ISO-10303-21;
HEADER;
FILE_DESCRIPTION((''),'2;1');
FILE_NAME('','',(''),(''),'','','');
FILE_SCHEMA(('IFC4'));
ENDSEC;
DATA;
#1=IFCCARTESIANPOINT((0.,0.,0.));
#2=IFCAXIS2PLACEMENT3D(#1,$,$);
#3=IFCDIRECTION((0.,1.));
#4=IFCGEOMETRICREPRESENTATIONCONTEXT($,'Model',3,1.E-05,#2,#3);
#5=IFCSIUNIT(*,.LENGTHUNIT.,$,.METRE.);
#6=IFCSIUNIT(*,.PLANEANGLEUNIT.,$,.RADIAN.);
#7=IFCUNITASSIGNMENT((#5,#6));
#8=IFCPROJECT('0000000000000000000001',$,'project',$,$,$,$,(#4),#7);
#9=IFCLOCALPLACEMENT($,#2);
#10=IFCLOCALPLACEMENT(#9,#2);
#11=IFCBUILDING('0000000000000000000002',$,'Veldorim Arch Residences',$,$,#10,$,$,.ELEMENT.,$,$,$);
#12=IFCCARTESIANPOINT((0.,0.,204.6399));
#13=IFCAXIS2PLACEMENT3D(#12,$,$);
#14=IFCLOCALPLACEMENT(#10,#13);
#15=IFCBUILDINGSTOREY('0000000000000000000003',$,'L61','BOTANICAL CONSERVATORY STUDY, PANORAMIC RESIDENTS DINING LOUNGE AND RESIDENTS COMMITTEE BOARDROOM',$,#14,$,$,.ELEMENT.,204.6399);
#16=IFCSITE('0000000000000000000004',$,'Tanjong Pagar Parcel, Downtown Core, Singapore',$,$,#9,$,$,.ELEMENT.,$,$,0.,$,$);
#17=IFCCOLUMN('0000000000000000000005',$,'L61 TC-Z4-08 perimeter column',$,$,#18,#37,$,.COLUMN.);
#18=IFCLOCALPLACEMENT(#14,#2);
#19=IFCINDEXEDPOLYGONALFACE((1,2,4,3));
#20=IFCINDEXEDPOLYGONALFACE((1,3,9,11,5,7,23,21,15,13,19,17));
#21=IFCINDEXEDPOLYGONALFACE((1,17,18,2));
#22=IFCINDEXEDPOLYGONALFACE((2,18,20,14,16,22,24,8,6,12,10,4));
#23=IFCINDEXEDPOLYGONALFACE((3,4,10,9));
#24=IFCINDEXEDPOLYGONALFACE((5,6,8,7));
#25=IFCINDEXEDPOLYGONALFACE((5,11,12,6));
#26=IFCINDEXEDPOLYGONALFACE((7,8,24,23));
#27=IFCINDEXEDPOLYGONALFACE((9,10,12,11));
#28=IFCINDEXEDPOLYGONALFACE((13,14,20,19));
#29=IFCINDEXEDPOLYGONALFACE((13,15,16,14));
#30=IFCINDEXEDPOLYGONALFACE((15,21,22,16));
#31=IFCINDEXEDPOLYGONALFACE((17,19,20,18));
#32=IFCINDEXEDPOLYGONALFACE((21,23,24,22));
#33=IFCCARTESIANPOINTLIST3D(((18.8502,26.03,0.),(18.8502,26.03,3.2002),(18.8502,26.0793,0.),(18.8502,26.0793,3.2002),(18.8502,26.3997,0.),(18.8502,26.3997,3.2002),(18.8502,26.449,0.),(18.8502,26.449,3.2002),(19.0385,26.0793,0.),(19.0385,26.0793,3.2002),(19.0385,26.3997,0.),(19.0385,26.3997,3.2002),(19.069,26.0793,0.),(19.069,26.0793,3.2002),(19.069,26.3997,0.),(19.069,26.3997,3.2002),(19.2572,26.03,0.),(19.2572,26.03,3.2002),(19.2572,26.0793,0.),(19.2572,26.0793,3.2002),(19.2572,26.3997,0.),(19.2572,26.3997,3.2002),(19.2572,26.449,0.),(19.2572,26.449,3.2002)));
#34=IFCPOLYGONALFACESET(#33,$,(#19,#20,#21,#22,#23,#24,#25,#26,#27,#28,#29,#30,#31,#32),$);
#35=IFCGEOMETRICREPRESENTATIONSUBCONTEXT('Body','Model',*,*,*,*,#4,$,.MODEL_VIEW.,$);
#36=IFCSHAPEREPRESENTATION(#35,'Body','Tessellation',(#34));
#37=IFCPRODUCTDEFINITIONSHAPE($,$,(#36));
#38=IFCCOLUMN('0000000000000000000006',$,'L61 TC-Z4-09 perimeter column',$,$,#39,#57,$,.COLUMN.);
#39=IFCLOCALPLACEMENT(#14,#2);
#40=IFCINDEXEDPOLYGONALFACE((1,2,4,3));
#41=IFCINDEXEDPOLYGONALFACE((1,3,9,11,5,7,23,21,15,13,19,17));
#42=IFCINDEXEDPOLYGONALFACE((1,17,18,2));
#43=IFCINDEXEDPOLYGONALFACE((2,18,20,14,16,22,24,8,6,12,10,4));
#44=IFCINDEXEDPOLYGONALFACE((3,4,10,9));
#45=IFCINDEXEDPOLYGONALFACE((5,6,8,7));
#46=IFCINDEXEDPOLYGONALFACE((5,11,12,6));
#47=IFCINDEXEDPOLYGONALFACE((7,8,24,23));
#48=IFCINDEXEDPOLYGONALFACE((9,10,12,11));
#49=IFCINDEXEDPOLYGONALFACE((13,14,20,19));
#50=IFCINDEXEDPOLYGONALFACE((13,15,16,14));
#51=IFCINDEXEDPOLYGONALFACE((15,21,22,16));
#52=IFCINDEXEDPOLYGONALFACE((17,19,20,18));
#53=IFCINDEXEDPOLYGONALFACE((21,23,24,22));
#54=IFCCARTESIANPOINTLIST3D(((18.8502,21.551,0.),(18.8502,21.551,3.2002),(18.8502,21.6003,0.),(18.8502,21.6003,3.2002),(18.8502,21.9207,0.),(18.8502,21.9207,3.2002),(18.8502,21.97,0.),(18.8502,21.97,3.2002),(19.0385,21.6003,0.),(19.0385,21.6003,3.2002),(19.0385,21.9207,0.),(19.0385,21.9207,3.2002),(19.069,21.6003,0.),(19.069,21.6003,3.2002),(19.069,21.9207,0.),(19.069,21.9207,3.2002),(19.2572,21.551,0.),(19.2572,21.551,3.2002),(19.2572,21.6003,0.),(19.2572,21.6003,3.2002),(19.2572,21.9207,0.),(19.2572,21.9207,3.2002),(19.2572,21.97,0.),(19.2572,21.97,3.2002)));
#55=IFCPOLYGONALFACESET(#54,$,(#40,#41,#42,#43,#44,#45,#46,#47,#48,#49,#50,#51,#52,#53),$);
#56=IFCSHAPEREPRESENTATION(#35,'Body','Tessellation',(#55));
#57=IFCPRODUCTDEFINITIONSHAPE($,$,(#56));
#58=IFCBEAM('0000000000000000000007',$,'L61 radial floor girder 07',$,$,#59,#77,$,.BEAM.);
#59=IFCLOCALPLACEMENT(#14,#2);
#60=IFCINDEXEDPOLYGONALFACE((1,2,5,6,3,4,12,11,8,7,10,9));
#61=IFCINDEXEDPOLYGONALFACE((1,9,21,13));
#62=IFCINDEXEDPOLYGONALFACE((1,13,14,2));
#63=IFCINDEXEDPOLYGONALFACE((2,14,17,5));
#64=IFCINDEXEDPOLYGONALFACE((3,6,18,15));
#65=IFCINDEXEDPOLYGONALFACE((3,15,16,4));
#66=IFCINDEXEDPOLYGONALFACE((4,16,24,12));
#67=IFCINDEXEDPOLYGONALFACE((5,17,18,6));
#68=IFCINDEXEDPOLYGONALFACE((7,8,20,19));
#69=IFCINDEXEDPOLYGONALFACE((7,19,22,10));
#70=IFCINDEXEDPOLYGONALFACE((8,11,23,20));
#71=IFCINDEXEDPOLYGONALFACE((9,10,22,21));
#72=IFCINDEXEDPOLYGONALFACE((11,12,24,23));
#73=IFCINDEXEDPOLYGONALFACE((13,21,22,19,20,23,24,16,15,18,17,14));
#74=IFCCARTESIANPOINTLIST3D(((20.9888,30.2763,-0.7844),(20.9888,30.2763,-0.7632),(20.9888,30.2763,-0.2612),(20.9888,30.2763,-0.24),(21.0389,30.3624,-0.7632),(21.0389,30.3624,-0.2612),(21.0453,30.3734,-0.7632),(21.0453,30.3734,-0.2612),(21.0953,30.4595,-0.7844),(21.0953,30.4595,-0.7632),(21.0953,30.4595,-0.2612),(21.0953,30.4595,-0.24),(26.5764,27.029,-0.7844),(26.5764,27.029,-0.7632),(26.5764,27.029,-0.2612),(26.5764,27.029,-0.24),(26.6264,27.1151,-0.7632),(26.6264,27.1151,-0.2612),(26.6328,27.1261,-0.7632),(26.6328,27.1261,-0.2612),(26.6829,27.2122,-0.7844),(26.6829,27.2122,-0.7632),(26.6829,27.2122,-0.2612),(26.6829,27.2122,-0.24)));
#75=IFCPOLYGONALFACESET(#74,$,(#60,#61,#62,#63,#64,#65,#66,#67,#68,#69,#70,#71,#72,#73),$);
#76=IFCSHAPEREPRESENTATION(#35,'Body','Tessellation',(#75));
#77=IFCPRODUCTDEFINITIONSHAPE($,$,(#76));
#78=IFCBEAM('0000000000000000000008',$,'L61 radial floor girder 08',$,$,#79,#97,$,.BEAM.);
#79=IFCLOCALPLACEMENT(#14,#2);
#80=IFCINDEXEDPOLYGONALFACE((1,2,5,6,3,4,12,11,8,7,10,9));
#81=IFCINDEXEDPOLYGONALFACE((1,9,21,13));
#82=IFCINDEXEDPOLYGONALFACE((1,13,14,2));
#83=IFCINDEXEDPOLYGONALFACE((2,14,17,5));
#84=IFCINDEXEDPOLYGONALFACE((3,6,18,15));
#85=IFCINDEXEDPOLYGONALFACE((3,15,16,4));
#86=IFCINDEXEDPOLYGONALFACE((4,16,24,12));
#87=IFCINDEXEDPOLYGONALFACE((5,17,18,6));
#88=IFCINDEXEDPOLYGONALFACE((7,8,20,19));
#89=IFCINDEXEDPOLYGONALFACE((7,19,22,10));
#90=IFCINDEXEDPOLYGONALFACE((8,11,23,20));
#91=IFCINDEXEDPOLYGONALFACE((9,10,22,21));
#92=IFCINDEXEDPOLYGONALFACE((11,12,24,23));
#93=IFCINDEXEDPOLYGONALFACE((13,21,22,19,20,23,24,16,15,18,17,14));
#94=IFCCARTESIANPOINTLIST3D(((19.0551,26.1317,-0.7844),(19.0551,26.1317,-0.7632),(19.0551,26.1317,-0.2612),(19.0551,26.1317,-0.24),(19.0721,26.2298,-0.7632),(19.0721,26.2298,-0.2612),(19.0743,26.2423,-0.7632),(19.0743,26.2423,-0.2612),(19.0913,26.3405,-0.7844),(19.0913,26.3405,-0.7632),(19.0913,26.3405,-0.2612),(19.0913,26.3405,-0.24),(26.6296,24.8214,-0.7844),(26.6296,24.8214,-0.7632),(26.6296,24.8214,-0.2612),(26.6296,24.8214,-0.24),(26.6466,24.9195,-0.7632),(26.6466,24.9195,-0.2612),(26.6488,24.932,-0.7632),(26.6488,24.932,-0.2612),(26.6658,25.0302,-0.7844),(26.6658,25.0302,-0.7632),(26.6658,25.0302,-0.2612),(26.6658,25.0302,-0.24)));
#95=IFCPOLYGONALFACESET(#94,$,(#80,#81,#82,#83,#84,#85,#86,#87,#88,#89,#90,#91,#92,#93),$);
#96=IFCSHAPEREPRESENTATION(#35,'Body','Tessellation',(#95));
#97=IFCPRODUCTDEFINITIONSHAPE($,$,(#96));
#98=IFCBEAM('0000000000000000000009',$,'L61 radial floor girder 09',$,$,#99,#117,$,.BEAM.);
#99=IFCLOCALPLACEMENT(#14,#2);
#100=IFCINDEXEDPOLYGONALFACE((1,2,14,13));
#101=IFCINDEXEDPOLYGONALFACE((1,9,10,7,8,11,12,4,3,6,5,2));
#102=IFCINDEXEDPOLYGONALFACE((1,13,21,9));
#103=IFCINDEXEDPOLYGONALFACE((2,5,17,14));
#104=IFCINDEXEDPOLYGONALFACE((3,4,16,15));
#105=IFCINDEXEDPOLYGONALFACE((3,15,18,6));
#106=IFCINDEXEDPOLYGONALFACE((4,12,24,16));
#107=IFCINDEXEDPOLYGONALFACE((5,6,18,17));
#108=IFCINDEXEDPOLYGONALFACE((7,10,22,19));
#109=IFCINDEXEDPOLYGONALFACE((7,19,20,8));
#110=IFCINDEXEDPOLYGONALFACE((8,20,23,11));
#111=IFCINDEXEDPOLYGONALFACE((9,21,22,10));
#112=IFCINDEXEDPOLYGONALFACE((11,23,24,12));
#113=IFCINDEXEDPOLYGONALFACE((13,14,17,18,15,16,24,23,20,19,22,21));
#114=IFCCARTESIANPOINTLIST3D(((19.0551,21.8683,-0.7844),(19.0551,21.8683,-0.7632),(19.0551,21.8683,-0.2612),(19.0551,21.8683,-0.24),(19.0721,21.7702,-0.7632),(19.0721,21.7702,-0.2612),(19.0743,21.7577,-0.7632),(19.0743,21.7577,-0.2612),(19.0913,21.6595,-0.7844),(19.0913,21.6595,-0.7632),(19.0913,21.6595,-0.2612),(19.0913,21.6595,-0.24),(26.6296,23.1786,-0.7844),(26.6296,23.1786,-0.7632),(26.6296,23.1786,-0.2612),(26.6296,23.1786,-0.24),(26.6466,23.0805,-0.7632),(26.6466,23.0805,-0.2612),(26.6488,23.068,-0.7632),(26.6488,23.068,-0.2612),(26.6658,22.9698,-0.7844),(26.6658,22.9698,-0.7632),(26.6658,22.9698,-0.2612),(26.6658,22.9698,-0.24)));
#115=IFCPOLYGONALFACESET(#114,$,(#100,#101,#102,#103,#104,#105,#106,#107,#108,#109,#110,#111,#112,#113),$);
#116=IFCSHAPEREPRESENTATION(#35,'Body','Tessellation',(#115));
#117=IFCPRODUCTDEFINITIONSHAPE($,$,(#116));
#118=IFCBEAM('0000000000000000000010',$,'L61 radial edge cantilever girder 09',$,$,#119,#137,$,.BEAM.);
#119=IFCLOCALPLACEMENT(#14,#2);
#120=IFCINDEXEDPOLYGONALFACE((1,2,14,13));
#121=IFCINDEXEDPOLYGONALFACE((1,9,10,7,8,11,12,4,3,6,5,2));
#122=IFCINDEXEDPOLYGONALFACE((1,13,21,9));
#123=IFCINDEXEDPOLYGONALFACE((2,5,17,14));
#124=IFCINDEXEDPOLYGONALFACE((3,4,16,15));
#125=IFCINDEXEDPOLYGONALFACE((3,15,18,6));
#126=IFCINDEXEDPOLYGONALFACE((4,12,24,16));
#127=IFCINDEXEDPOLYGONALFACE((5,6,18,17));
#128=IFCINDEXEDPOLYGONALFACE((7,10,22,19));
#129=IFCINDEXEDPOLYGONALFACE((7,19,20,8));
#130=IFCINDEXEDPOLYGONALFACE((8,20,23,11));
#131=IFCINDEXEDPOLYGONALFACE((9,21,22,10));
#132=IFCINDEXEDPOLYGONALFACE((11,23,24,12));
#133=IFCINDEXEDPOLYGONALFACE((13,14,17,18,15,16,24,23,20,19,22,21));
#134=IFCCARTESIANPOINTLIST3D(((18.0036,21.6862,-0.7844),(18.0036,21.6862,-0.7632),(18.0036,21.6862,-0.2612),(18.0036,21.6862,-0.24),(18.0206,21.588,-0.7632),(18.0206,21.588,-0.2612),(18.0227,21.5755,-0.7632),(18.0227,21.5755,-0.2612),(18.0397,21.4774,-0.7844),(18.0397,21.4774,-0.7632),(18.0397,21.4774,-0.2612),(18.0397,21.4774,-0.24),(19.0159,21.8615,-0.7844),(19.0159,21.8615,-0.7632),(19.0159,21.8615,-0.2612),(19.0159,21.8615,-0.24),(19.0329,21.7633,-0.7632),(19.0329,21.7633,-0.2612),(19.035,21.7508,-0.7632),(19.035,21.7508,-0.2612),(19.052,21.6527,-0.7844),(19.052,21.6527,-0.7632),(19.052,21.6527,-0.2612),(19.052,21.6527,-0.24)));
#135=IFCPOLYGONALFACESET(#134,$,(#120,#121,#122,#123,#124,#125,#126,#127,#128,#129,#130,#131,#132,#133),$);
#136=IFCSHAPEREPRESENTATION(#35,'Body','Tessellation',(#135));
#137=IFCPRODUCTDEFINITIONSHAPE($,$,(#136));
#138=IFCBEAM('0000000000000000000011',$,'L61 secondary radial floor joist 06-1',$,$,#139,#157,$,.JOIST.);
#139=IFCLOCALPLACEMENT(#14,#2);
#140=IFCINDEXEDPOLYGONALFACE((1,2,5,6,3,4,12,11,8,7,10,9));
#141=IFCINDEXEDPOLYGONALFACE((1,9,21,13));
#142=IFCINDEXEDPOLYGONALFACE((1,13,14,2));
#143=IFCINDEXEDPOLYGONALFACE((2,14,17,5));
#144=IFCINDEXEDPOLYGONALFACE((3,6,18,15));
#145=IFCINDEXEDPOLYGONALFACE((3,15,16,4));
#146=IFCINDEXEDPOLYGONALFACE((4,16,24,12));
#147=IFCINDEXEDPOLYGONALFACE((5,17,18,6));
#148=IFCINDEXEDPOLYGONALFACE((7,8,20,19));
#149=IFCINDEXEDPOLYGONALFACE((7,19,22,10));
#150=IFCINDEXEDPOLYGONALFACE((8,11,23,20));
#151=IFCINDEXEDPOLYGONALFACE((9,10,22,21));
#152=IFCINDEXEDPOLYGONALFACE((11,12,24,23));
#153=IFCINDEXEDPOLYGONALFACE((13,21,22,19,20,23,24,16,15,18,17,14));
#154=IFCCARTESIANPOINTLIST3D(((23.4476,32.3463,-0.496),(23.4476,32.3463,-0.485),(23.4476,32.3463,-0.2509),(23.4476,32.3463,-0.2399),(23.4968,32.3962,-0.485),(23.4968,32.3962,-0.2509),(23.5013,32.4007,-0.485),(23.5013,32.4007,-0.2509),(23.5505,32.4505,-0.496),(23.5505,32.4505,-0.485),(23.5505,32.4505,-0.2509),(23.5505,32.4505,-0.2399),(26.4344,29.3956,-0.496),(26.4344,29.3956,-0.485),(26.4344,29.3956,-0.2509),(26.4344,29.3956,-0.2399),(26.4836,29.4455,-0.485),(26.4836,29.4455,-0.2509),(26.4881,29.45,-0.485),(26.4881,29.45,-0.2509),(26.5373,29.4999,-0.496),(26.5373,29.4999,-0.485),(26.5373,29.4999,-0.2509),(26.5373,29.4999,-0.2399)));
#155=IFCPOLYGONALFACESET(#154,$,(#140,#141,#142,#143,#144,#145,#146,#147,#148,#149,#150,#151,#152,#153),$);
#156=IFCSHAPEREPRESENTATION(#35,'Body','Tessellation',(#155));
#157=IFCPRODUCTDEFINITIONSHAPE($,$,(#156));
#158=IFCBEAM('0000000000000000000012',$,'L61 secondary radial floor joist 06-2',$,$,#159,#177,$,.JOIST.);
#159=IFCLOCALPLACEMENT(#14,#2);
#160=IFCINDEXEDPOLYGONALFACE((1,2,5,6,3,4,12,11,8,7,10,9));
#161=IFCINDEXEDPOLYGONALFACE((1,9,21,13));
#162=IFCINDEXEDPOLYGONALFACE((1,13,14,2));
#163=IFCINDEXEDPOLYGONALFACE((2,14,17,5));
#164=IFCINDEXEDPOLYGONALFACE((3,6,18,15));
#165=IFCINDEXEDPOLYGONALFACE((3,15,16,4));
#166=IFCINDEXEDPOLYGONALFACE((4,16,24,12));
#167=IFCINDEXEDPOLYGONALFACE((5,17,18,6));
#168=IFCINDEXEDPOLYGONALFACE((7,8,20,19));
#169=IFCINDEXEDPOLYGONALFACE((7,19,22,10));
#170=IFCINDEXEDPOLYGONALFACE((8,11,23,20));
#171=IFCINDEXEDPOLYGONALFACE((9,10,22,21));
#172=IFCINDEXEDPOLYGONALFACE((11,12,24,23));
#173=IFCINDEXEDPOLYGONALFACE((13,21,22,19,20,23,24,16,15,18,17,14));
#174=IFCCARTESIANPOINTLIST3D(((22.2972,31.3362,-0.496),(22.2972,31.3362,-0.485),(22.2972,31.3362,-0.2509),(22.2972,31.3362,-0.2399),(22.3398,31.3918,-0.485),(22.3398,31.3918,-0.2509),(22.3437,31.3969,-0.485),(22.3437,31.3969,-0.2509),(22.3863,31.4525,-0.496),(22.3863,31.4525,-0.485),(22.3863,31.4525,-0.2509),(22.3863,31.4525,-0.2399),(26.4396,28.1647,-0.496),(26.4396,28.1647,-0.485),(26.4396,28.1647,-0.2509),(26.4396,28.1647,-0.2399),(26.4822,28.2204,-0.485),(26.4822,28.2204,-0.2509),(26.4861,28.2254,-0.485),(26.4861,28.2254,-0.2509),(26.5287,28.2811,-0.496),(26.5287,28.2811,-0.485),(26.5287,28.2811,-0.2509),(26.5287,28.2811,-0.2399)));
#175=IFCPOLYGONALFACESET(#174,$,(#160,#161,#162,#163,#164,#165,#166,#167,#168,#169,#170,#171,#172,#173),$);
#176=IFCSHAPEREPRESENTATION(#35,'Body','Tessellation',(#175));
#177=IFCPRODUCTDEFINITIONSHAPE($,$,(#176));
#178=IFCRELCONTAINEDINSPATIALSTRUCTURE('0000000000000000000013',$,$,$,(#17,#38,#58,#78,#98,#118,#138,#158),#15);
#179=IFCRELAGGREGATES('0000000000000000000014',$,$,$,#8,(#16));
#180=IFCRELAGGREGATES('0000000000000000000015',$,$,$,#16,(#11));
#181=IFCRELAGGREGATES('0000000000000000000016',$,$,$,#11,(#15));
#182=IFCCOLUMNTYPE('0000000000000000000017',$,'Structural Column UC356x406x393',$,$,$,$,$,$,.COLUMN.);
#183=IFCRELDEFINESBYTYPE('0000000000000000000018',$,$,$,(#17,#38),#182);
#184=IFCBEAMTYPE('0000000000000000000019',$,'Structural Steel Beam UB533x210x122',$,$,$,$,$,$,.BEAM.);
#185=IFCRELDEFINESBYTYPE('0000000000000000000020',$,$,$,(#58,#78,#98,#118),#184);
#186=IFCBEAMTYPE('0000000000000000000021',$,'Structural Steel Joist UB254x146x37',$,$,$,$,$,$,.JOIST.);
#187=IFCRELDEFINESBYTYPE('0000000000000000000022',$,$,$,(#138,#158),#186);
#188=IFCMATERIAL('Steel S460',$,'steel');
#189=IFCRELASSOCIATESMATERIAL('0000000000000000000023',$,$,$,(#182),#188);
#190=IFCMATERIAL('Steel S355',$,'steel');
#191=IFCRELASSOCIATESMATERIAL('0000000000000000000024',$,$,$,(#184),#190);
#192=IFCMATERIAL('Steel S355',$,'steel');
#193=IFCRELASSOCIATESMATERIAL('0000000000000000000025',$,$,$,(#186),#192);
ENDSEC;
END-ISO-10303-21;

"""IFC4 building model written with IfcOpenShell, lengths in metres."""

from ifc_helpers import new_model, si_unit, direction, frame, origin, origin_2d, place, context, subcontext, project, spatial, i_section, extrude, material, material_profile, profile_set, type_object, element, save


model = new_model("IFC4")

# Units and contexts
model_context = context("Model", 3, precision=1e-05, world=origin(), true_north=direction((0.0, 1.0)))
body_context = subcontext(model_context, "Body", "Model", "MODEL_VIEW")
ifc_project = project(units=[si_unit("LENGTHUNIT", "METRE"), si_unit("PLANEANGLEUNIT", "RADIAN")], contexts=[model_context])

# Site, building, storey
site_placement = place(None, origin())
site = spatial("IfcSite", under=ifc_project, at=site_placement, Name="Tanjong Pagar Parcel, Downtown Core, Singapore", CompositionType="ELEMENT", RefElevation=0.0)
building_placement = place(site_placement, origin())
building = spatial("IfcBuilding", under=site, at=building_placement, Name="Veldorim Arch Residences", CompositionType="ELEMENT")
storey_placement = place(building_placement, frame((0.0, 0.0, 204.6399)))
storey = spatial("IfcBuildingStorey", under=building, at=storey_placement, Name="L61", Description="BOTANICAL CONSERVATORY STUDY, PANORAMIC RESIDENTS DINING LOUNGE AND RESIDENTS COMMITTEE BOARDROOM", CompositionType="ELEMENT", Elevation=204.6399)

# Columns
ifc_material_1 = material(Name="Steel S460", Category="steel")
ifc_material_profile_1 = material_profile(ifc_material_1, i_section(OverallWidth=0.407, OverallDepth=0.4189, WebThickness=0.0305, FlangeThickness=0.0493, at=origin_2d()), Name="UC356x406x393")
ifc_profile_set_1 = profile_set([ifc_material_profile_1], Name="Steel S460")
column_type = type_object("IfcColumnType", Name="Structural Column UC356x406x393", PredefinedType="COLUMN", material=ifc_profile_set_1)
for number, where, z_axis, x_axis, name in (
    (1, (19.0537, 26.2395, 0.0), (0.0, 0.0, 1.0), (1.0, 0.0, 0.0), "L61 TC-Z4-08 perimeter column"),
    (2, (19.0537, 21.7605, 0.0), (0.0, 0.0, 1.0), (1.0, 0.0, 0.0), "L61 TC-Z4-09 perimeter column"),
):
    element("IfcColumn", number, at=place(storey_placement, frame(where, z_axis=z_axis, x_axis=x_axis)), inside=storey, type_object=column_type, Name=name, PredefinedType="COLUMN", context=body_context, shape_type="SweptSolid", body=[
        extrude(i_section(OverallWidth=0.407, OverallDepth=0.4189, WebThickness=0.0305, FlangeThickness=0.0493, at=origin_2d()), origin(), (0.0, 0.0, 1.0), 3.2002),
    ])

# Beams
ifc_material_2 = material(Name="Steel S355", Category="steel")
ifc_material_profile_2 = material_profile(ifc_material_2, i_section(OverallWidth=0.2119, OverallDepth=0.5444, WebThickness=0.0127, FlangeThickness=0.0212, at=origin_2d()), Name="UB533x210x122")
ifc_profile_set_2 = profile_set([ifc_material_profile_2], Name="Steel S355")
beam_type_1 = type_object("IfcBeamType", Name="Structural Steel Beam UB533x210x122", PredefinedType="BEAM", material=ifc_profile_set_2)
beam_1_placement = place(storey_placement, frame((26.6296, 27.1206, -0.5122), z_axis=(-0.864596, 0.502468, 0.0), x_axis=(-0.502468, -0.864596, 0.0)))
element("IfcBeam", 3, at=beam_1_placement, inside=storey, type_object=beam_type_1, Name="L61 radial floor girder 07", PredefinedType="BEAM", context=body_context, shape_type="SweptSolid", body=[
    extrude(i_section(OverallWidth=0.2119, OverallDepth=0.5444, WebThickness=0.0127, FlangeThickness=0.0212, at=origin_2d()), origin(), (0.0, 0.0, 1.0), 6.4626),
])
for number, where, z_axis, x_axis, name in (
    (4, (26.6477, 24.9258, -0.5122), (-0.985365, 0.170458, 0.0), (-0.170458, -0.985365, 0.0), "L61 radial floor girder 08"),
    (5, (26.6477, 23.0742, -0.5122), (-0.985365, -0.170458, 0.0), (0.170458, -0.985365, 0.0), "L61 radial floor girder 09"),
):
    element("IfcBeam", number, at=place(storey_placement, frame(where, z_axis=z_axis, x_axis=x_axis)), inside=storey, type_object=beam_type_1, Name=name, PredefinedType="BEAM", context=body_context, shape_type="SweptSolid", body=[
        extrude(i_section(OverallWidth=0.2119, OverallDepth=0.5444, WebThickness=0.0127, FlangeThickness=0.0212, at=origin_2d()), origin(), (0.0, 0.0, 1.0), 7.687),
    ])
beam_2_placement = place(storey_placement, frame((19.0339, 21.7571, -0.5122), z_axis=(-0.985334, -0.170639, 0.0), x_axis=(0.170639, -0.985334, 0.0)))
element("IfcBeam", 6, at=beam_2_placement, inside=storey, type_object=beam_type_1, Name="L61 radial edge cantilever girder 09", PredefinedType="BEAM", context=body_context, shape_type="SweptSolid", body=[
    extrude(i_section(OverallWidth=0.2119, OverallDepth=0.5444, WebThickness=0.0127, FlangeThickness=0.0212, at=origin_2d()), origin(), (0.0, 0.0, 1.0), 1.0273),
])
ifc_material_3 = material(Name="Steel S355", Category="steel")
ifc_material_profile_3 = material_profile(ifc_material_3, i_section(OverallWidth=0.1465, OverallDepth=0.2561, WebThickness=0.0063, FlangeThickness=0.011, at=origin_2d()), Name="UB254x146x37")
ifc_profile_set_3 = profile_set([ifc_material_profile_3], Name="Steel S355")
beam_type_2 = type_object("IfcBeamType", Name="Structural Steel Joist UB254x146x37", PredefinedType="JOIST", material=ifc_profile_set_3)
beam_3_placement = place(storey_placement, frame((26.4858, 29.4478, -0.3679), z_axis=(-0.711397, 0.702791, 0.0), x_axis=(-0.702791, -0.711397, 0.0)))
element("IfcBeam", 7, at=beam_3_placement, inside=storey, type_object=beam_type_2, Name="L61 secondary radial floor joist 06-1", PredefinedType="JOIST", context=body_context, shape_type="SweptSolid", body=[
    extrude(i_section(OverallWidth=0.1465, OverallDepth=0.2561, WebThickness=0.0063, FlangeThickness=0.011, at=origin_2d()), origin(), (0.0, 0.0, 1.0), 4.1985),
])
beam_4_placement = place(storey_placement, frame((26.4841, 28.2229, -0.3679), z_axis=(-0.794014, 0.6079, 0.0), x_axis=(-0.6079, -0.794014, 0.0)))
element("IfcBeam", 8, at=beam_4_placement, inside=storey, type_object=beam_type_2, Name="L61 secondary radial floor joist 06-2", PredefinedType="JOIST", context=body_context, shape_type="SweptSolid", body=[
    extrude(i_section(OverallWidth=0.1465, OverallDepth=0.2561, WebThickness=0.0063, FlangeThickness=0.011, at=origin_2d()), origin(), (0.0, 0.0, 1.0), 5.217),
])

save(model, "model.ifc")
